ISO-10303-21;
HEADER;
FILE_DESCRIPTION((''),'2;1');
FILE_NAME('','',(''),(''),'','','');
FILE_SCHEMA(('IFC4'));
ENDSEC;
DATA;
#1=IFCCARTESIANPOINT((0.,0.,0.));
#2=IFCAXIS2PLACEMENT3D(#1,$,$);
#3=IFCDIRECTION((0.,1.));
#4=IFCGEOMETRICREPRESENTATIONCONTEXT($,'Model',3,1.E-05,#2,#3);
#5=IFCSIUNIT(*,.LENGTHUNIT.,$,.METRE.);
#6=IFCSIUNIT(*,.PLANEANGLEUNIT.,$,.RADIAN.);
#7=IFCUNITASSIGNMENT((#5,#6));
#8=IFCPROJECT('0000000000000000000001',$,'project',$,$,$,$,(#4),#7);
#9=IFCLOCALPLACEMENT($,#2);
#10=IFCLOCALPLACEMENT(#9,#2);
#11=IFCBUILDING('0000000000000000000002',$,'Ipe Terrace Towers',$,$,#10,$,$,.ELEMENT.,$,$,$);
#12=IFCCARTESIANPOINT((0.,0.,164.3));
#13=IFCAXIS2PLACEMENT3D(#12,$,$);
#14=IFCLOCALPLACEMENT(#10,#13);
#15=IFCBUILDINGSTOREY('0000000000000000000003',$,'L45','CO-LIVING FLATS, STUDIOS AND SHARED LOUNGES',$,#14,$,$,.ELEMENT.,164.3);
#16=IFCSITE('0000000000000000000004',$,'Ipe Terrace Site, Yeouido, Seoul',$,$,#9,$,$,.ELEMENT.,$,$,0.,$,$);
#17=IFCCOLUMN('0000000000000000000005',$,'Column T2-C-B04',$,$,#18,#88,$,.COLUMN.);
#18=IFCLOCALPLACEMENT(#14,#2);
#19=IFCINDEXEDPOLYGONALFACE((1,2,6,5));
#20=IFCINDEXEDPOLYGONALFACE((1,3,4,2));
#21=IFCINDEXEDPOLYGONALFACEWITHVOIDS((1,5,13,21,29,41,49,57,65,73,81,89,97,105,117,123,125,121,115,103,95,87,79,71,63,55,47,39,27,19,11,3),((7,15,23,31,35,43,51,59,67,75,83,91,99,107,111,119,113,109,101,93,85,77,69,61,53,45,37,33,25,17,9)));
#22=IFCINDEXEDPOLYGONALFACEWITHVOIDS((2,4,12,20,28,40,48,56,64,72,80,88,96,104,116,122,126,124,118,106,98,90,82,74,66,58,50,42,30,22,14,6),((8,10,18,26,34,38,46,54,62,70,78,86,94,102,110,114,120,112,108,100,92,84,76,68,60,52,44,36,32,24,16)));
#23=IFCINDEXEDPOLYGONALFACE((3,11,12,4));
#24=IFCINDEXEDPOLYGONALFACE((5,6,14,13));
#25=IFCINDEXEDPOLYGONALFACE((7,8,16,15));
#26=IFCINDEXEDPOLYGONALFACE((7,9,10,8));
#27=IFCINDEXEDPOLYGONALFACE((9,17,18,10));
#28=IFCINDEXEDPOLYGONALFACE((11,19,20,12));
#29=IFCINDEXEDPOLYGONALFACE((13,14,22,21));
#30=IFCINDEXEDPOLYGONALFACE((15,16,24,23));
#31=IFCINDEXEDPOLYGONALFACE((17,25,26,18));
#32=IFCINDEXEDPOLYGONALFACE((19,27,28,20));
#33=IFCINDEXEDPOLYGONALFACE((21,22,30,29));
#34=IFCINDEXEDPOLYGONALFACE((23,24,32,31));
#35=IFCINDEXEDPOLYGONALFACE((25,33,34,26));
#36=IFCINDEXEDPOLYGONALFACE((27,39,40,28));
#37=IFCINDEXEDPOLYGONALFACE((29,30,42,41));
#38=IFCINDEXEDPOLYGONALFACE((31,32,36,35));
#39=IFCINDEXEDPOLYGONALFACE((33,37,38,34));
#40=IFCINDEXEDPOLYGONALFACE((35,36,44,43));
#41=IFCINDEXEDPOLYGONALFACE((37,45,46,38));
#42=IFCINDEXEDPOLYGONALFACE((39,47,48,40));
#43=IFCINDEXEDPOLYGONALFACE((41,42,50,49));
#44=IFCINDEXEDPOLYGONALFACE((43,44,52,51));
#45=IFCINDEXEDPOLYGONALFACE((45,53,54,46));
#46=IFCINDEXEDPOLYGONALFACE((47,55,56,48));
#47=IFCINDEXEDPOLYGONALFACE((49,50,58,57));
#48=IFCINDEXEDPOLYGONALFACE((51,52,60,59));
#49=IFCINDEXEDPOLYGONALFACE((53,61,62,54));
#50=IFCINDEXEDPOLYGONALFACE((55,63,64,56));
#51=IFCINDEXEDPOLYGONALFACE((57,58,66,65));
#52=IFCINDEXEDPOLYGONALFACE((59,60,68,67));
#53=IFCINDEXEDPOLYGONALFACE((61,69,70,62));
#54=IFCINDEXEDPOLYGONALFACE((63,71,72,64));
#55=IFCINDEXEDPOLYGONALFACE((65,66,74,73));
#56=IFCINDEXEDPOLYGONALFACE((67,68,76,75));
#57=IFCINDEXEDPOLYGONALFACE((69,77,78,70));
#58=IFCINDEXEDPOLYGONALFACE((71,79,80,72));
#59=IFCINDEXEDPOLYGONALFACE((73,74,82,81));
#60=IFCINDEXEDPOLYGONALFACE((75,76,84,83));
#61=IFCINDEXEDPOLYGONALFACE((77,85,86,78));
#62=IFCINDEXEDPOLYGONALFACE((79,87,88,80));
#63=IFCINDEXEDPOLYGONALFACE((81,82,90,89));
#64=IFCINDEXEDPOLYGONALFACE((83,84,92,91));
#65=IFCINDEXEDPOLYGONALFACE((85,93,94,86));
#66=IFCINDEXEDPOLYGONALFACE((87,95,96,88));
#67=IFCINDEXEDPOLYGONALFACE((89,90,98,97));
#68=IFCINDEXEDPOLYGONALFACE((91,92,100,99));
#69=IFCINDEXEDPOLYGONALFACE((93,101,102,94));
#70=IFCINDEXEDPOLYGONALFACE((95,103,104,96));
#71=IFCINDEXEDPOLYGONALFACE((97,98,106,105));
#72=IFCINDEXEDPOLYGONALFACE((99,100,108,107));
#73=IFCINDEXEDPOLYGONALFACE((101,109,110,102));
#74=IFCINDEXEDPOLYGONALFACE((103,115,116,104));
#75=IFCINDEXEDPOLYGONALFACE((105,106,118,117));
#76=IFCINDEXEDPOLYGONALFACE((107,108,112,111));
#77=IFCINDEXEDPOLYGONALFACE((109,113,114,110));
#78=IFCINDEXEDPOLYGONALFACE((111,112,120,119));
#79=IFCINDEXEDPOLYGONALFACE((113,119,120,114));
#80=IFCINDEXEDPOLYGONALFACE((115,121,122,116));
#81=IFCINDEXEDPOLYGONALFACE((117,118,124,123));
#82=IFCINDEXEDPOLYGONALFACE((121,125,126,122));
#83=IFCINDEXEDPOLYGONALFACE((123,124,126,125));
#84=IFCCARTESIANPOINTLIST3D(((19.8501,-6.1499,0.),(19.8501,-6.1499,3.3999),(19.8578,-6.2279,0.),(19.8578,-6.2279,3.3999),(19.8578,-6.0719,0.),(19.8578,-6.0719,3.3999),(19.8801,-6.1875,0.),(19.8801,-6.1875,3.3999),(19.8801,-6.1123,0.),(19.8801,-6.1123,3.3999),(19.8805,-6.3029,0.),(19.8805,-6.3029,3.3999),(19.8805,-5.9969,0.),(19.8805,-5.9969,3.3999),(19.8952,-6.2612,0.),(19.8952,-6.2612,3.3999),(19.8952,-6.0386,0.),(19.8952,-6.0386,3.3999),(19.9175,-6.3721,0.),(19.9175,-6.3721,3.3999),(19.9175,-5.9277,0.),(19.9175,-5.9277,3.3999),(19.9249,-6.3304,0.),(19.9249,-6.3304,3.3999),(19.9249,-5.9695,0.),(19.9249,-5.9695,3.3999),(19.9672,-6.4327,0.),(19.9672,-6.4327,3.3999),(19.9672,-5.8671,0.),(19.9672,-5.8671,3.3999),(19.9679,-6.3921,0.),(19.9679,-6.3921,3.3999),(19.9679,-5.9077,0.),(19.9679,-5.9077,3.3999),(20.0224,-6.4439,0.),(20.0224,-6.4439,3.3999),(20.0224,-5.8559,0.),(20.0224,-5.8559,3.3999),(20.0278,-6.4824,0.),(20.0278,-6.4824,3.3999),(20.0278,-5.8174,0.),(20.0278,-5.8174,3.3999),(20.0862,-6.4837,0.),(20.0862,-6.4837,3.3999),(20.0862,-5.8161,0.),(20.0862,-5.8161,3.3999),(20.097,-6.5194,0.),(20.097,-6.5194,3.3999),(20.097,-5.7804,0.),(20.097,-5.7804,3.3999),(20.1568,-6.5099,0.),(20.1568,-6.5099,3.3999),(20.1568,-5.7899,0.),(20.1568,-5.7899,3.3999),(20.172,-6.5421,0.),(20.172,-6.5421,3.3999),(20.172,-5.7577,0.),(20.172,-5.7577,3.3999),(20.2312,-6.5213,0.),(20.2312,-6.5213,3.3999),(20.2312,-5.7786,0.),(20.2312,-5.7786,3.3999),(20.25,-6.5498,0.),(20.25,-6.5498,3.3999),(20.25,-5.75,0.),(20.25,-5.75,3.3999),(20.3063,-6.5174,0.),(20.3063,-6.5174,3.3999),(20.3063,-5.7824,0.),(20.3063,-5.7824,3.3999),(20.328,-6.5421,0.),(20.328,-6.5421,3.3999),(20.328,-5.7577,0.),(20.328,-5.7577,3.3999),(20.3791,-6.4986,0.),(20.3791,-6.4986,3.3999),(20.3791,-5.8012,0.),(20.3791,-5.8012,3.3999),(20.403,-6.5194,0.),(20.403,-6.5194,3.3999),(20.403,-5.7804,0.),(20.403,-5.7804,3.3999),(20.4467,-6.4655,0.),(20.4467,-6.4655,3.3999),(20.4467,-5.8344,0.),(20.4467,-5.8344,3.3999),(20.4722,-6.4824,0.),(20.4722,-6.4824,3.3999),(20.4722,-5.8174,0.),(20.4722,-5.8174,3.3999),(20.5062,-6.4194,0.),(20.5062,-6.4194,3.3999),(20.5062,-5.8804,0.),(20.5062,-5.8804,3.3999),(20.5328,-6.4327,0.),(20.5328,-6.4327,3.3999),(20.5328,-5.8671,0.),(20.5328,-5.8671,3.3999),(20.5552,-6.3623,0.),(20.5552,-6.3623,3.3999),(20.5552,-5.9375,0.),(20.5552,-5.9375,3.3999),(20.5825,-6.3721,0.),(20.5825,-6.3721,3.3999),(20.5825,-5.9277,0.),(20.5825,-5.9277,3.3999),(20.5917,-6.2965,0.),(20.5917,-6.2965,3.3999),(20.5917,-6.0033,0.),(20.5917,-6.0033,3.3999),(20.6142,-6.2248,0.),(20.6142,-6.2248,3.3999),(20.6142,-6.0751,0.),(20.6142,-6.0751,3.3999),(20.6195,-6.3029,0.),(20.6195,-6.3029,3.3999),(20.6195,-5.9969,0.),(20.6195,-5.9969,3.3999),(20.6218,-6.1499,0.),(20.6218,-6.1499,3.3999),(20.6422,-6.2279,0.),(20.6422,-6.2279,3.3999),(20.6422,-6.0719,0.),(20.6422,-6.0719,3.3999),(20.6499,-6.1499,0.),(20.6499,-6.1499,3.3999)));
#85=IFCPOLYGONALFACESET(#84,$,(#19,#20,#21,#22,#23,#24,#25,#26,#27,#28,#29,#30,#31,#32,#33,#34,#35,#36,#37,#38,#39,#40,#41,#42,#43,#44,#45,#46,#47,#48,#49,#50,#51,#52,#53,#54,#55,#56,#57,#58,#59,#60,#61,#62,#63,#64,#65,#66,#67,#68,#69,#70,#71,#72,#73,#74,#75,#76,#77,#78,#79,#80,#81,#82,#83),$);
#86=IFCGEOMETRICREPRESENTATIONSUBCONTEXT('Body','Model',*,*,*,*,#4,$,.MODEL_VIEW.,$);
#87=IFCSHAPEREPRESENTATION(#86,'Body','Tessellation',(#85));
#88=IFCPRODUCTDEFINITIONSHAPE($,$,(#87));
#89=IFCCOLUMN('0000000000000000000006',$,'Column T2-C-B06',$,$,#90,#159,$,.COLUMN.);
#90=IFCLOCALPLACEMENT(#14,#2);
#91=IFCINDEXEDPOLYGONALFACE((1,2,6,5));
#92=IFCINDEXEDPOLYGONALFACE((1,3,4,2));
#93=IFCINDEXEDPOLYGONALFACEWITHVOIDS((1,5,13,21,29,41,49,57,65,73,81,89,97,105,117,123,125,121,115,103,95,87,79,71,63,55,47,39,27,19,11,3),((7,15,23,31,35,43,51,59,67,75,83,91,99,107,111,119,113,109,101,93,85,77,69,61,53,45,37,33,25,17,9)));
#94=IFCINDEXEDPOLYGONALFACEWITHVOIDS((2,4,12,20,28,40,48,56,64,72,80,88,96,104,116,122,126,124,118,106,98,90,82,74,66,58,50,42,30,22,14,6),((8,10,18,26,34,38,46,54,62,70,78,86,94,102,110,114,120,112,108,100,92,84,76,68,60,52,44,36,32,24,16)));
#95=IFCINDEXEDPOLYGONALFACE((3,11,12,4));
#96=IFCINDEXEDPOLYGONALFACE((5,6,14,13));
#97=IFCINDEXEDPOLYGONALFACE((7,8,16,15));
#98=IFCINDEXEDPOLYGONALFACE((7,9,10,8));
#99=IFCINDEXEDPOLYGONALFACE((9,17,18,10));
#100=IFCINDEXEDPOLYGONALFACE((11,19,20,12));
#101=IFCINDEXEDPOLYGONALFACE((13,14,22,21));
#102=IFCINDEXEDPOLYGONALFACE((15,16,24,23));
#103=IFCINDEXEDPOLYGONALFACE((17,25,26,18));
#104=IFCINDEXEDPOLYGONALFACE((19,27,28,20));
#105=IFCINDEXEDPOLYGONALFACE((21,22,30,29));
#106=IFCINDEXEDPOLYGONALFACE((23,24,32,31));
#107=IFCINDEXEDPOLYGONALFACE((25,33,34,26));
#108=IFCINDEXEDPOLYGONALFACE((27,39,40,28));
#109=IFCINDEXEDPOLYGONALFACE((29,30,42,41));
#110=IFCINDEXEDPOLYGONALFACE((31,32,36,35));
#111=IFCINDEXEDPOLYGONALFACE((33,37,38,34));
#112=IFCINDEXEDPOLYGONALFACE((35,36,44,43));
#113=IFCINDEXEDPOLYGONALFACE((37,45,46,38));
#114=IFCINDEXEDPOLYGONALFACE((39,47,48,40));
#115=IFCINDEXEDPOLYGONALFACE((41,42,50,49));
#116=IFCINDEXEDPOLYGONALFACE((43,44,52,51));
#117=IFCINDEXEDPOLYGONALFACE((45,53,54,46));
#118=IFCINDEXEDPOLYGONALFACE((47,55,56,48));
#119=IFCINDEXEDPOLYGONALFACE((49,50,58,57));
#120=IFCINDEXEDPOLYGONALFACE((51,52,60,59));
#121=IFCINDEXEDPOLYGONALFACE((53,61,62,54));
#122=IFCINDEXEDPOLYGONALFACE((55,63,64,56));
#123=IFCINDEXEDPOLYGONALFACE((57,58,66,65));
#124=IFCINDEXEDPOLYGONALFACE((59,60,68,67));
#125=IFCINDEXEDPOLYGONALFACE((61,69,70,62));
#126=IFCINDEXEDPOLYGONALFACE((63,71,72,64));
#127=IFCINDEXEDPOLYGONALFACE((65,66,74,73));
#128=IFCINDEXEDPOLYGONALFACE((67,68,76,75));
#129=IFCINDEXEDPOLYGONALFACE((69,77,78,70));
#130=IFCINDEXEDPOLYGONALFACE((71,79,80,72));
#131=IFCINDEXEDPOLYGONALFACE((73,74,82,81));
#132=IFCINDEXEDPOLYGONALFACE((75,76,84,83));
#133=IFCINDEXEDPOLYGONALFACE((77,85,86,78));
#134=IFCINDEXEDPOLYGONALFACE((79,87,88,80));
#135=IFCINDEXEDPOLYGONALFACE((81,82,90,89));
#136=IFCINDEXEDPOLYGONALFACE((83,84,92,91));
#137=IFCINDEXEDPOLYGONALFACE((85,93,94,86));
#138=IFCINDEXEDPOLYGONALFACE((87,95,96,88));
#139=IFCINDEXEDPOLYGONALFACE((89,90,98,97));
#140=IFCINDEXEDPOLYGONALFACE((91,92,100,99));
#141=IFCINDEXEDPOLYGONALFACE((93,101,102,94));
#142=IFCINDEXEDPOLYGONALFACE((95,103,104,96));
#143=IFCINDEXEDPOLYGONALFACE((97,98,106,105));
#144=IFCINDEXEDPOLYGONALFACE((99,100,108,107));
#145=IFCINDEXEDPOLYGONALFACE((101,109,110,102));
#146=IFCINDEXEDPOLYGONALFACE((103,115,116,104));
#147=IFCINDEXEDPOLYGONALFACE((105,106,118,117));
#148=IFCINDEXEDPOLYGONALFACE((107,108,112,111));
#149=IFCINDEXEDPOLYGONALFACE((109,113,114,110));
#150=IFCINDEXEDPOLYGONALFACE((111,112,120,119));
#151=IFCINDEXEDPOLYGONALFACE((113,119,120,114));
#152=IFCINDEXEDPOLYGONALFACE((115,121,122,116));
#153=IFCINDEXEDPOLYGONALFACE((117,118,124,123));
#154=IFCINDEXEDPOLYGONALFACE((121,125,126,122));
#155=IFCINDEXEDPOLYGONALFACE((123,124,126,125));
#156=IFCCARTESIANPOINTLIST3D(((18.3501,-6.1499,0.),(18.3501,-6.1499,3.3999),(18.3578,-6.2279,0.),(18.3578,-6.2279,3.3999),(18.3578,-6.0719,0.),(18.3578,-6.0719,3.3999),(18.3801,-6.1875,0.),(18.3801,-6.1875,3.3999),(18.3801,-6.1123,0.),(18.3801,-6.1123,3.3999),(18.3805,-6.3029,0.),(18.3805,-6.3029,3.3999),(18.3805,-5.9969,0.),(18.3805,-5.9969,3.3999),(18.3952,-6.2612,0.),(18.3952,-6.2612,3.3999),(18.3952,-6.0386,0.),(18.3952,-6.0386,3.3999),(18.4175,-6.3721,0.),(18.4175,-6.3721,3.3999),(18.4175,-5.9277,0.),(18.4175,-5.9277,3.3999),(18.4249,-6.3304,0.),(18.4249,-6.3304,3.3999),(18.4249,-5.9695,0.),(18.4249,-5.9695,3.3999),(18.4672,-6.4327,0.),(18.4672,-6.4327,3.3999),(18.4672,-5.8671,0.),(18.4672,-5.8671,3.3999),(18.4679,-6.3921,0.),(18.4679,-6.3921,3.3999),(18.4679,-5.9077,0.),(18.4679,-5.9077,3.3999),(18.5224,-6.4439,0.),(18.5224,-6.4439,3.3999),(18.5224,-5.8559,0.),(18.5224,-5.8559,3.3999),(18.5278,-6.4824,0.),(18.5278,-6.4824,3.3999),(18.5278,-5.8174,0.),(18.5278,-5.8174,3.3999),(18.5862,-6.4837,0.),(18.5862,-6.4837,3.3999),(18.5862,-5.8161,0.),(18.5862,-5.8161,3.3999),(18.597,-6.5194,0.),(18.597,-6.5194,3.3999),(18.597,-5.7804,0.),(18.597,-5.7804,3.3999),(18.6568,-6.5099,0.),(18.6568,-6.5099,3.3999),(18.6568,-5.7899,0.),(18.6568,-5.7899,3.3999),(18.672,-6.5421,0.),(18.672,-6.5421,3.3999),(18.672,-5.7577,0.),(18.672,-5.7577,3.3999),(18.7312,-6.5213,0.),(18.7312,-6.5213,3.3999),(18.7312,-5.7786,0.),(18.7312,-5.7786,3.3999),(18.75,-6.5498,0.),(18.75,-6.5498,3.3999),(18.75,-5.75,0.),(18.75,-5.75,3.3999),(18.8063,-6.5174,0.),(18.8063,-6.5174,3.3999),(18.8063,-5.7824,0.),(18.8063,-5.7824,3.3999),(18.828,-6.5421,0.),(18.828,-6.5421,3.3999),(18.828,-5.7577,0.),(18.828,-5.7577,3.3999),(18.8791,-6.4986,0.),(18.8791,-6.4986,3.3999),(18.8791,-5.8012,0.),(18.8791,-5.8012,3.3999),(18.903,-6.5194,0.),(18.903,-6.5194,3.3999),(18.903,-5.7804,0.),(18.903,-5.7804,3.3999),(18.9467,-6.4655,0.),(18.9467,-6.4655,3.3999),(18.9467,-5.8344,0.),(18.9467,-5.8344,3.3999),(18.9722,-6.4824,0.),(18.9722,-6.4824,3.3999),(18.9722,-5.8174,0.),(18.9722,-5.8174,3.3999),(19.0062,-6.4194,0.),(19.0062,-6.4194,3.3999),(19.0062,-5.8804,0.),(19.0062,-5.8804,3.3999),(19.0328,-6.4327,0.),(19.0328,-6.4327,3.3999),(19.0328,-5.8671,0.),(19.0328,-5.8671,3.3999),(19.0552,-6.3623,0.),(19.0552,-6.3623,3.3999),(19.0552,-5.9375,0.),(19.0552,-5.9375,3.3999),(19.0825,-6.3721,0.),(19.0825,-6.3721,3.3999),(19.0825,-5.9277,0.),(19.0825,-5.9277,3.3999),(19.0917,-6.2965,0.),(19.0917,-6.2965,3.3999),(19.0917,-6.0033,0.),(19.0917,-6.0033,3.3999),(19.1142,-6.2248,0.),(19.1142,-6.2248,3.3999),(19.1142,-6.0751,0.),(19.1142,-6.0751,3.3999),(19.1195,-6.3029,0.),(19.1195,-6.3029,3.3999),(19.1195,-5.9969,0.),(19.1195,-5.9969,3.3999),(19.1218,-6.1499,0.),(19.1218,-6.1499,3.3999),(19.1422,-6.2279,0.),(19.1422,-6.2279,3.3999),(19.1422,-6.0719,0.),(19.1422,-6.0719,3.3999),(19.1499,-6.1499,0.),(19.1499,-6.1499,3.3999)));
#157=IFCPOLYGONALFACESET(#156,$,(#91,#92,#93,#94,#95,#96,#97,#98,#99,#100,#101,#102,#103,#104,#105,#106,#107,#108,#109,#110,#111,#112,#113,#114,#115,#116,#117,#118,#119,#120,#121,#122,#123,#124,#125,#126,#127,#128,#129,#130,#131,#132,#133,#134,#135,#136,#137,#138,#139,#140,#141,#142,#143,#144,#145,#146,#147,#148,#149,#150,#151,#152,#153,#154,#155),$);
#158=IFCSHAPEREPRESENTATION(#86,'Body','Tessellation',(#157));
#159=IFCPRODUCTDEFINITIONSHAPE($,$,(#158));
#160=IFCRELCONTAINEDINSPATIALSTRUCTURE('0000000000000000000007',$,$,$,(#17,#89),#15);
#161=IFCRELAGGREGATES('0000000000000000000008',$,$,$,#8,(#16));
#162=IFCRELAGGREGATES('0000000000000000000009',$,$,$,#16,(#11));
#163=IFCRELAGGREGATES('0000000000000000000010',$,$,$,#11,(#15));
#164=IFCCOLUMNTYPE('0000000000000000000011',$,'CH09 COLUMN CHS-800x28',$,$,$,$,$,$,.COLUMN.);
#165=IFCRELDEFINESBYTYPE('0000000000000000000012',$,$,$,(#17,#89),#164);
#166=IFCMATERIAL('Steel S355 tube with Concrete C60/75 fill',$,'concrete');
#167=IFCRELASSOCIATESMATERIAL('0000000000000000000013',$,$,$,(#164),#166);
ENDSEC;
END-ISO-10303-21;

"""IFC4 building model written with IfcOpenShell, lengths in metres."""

from ifc_helpers import new_model, si_unit, direction, frame, origin, origin_2d, place, context, subcontext, project, spatial, hollow_circle, extrude, material, material_profile, profile_set, type_object, element, save


model = new_model("IFC4")

# Units and contexts
model_context = context("Model", 3, precision=1e-05, world=origin(), true_north=direction((0.0, 1.0)))
body_context = subcontext(model_context, "Body", "Model", "MODEL_VIEW")
ifc_project = project(units=[si_unit("LENGTHUNIT", "METRE"), si_unit("PLANEANGLEUNIT", "RADIAN")], contexts=[model_context])

# Site, building, storey
site_placement = place(None, origin())
site = spatial("IfcSite", under=ifc_project, at=site_placement, Name="Ipe Terrace Site, Yeouido, Seoul", CompositionType="ELEMENT", RefElevation=0.0)
building_placement = place(site_placement, origin())
building = spatial("IfcBuilding", under=site, at=building_placement, Name="Ipe Terrace Towers", CompositionType="ELEMENT")
storey_placement = place(building_placement, frame((0.0, 0.0, 164.3)))
storey = spatial("IfcBuildingStorey", under=building, at=storey_placement, Name="L45", Description="CO-LIVING FLATS, STUDIOS AND SHARED LOUNGES", CompositionType="ELEMENT", Elevation=164.3)

# Columns
ifc_material_1 = material(Name="Steel S355 tube with Concrete C60/75 fill", Category="concrete")
ifc_material_profile_1 = material_profile(ifc_material_1, hollow_circle(Radius=0.3999, WallThickness=0.0281, at=origin_2d()), Name="CHS-800x28")
ifc_profile_set_1 = profile_set([ifc_material_profile_1], Name="Steel S355 tube with Concrete C60/75 fill")
column_type_1 = type_object("IfcColumnType", Name="CH09 COLUMN CHS-800x28", PredefinedType="COLUMN", material=ifc_profile_set_1)
for number, where, z_axis, x_axis, name in (
    (1, (20.25, -6.1499, 0.0), (0.0, 0.0, 1.0), (1.0, 0.0, 0.0), "Column T2-C-B04"),
    (2, (18.75, -6.1499, 0.0), (0.0, 0.0, 1.0), (1.0, 0.0, 0.0), "Column T2-C-B06"),
):
    element("IfcColumn", number, at=place(storey_placement, frame(where, z_axis=z_axis, x_axis=x_axis)), inside=storey, type_object=column_type_1, Name=name, PredefinedType="COLUMN", context=body_context, shape_type="SweptSolid", body=[
        extrude(hollow_circle(Radius=0.3999, WallThickness=0.0281, at=origin_2d()), origin(), (0.0, 0.0, 1.0), 3.3999),
    ])

save(model, "model.ifc")
